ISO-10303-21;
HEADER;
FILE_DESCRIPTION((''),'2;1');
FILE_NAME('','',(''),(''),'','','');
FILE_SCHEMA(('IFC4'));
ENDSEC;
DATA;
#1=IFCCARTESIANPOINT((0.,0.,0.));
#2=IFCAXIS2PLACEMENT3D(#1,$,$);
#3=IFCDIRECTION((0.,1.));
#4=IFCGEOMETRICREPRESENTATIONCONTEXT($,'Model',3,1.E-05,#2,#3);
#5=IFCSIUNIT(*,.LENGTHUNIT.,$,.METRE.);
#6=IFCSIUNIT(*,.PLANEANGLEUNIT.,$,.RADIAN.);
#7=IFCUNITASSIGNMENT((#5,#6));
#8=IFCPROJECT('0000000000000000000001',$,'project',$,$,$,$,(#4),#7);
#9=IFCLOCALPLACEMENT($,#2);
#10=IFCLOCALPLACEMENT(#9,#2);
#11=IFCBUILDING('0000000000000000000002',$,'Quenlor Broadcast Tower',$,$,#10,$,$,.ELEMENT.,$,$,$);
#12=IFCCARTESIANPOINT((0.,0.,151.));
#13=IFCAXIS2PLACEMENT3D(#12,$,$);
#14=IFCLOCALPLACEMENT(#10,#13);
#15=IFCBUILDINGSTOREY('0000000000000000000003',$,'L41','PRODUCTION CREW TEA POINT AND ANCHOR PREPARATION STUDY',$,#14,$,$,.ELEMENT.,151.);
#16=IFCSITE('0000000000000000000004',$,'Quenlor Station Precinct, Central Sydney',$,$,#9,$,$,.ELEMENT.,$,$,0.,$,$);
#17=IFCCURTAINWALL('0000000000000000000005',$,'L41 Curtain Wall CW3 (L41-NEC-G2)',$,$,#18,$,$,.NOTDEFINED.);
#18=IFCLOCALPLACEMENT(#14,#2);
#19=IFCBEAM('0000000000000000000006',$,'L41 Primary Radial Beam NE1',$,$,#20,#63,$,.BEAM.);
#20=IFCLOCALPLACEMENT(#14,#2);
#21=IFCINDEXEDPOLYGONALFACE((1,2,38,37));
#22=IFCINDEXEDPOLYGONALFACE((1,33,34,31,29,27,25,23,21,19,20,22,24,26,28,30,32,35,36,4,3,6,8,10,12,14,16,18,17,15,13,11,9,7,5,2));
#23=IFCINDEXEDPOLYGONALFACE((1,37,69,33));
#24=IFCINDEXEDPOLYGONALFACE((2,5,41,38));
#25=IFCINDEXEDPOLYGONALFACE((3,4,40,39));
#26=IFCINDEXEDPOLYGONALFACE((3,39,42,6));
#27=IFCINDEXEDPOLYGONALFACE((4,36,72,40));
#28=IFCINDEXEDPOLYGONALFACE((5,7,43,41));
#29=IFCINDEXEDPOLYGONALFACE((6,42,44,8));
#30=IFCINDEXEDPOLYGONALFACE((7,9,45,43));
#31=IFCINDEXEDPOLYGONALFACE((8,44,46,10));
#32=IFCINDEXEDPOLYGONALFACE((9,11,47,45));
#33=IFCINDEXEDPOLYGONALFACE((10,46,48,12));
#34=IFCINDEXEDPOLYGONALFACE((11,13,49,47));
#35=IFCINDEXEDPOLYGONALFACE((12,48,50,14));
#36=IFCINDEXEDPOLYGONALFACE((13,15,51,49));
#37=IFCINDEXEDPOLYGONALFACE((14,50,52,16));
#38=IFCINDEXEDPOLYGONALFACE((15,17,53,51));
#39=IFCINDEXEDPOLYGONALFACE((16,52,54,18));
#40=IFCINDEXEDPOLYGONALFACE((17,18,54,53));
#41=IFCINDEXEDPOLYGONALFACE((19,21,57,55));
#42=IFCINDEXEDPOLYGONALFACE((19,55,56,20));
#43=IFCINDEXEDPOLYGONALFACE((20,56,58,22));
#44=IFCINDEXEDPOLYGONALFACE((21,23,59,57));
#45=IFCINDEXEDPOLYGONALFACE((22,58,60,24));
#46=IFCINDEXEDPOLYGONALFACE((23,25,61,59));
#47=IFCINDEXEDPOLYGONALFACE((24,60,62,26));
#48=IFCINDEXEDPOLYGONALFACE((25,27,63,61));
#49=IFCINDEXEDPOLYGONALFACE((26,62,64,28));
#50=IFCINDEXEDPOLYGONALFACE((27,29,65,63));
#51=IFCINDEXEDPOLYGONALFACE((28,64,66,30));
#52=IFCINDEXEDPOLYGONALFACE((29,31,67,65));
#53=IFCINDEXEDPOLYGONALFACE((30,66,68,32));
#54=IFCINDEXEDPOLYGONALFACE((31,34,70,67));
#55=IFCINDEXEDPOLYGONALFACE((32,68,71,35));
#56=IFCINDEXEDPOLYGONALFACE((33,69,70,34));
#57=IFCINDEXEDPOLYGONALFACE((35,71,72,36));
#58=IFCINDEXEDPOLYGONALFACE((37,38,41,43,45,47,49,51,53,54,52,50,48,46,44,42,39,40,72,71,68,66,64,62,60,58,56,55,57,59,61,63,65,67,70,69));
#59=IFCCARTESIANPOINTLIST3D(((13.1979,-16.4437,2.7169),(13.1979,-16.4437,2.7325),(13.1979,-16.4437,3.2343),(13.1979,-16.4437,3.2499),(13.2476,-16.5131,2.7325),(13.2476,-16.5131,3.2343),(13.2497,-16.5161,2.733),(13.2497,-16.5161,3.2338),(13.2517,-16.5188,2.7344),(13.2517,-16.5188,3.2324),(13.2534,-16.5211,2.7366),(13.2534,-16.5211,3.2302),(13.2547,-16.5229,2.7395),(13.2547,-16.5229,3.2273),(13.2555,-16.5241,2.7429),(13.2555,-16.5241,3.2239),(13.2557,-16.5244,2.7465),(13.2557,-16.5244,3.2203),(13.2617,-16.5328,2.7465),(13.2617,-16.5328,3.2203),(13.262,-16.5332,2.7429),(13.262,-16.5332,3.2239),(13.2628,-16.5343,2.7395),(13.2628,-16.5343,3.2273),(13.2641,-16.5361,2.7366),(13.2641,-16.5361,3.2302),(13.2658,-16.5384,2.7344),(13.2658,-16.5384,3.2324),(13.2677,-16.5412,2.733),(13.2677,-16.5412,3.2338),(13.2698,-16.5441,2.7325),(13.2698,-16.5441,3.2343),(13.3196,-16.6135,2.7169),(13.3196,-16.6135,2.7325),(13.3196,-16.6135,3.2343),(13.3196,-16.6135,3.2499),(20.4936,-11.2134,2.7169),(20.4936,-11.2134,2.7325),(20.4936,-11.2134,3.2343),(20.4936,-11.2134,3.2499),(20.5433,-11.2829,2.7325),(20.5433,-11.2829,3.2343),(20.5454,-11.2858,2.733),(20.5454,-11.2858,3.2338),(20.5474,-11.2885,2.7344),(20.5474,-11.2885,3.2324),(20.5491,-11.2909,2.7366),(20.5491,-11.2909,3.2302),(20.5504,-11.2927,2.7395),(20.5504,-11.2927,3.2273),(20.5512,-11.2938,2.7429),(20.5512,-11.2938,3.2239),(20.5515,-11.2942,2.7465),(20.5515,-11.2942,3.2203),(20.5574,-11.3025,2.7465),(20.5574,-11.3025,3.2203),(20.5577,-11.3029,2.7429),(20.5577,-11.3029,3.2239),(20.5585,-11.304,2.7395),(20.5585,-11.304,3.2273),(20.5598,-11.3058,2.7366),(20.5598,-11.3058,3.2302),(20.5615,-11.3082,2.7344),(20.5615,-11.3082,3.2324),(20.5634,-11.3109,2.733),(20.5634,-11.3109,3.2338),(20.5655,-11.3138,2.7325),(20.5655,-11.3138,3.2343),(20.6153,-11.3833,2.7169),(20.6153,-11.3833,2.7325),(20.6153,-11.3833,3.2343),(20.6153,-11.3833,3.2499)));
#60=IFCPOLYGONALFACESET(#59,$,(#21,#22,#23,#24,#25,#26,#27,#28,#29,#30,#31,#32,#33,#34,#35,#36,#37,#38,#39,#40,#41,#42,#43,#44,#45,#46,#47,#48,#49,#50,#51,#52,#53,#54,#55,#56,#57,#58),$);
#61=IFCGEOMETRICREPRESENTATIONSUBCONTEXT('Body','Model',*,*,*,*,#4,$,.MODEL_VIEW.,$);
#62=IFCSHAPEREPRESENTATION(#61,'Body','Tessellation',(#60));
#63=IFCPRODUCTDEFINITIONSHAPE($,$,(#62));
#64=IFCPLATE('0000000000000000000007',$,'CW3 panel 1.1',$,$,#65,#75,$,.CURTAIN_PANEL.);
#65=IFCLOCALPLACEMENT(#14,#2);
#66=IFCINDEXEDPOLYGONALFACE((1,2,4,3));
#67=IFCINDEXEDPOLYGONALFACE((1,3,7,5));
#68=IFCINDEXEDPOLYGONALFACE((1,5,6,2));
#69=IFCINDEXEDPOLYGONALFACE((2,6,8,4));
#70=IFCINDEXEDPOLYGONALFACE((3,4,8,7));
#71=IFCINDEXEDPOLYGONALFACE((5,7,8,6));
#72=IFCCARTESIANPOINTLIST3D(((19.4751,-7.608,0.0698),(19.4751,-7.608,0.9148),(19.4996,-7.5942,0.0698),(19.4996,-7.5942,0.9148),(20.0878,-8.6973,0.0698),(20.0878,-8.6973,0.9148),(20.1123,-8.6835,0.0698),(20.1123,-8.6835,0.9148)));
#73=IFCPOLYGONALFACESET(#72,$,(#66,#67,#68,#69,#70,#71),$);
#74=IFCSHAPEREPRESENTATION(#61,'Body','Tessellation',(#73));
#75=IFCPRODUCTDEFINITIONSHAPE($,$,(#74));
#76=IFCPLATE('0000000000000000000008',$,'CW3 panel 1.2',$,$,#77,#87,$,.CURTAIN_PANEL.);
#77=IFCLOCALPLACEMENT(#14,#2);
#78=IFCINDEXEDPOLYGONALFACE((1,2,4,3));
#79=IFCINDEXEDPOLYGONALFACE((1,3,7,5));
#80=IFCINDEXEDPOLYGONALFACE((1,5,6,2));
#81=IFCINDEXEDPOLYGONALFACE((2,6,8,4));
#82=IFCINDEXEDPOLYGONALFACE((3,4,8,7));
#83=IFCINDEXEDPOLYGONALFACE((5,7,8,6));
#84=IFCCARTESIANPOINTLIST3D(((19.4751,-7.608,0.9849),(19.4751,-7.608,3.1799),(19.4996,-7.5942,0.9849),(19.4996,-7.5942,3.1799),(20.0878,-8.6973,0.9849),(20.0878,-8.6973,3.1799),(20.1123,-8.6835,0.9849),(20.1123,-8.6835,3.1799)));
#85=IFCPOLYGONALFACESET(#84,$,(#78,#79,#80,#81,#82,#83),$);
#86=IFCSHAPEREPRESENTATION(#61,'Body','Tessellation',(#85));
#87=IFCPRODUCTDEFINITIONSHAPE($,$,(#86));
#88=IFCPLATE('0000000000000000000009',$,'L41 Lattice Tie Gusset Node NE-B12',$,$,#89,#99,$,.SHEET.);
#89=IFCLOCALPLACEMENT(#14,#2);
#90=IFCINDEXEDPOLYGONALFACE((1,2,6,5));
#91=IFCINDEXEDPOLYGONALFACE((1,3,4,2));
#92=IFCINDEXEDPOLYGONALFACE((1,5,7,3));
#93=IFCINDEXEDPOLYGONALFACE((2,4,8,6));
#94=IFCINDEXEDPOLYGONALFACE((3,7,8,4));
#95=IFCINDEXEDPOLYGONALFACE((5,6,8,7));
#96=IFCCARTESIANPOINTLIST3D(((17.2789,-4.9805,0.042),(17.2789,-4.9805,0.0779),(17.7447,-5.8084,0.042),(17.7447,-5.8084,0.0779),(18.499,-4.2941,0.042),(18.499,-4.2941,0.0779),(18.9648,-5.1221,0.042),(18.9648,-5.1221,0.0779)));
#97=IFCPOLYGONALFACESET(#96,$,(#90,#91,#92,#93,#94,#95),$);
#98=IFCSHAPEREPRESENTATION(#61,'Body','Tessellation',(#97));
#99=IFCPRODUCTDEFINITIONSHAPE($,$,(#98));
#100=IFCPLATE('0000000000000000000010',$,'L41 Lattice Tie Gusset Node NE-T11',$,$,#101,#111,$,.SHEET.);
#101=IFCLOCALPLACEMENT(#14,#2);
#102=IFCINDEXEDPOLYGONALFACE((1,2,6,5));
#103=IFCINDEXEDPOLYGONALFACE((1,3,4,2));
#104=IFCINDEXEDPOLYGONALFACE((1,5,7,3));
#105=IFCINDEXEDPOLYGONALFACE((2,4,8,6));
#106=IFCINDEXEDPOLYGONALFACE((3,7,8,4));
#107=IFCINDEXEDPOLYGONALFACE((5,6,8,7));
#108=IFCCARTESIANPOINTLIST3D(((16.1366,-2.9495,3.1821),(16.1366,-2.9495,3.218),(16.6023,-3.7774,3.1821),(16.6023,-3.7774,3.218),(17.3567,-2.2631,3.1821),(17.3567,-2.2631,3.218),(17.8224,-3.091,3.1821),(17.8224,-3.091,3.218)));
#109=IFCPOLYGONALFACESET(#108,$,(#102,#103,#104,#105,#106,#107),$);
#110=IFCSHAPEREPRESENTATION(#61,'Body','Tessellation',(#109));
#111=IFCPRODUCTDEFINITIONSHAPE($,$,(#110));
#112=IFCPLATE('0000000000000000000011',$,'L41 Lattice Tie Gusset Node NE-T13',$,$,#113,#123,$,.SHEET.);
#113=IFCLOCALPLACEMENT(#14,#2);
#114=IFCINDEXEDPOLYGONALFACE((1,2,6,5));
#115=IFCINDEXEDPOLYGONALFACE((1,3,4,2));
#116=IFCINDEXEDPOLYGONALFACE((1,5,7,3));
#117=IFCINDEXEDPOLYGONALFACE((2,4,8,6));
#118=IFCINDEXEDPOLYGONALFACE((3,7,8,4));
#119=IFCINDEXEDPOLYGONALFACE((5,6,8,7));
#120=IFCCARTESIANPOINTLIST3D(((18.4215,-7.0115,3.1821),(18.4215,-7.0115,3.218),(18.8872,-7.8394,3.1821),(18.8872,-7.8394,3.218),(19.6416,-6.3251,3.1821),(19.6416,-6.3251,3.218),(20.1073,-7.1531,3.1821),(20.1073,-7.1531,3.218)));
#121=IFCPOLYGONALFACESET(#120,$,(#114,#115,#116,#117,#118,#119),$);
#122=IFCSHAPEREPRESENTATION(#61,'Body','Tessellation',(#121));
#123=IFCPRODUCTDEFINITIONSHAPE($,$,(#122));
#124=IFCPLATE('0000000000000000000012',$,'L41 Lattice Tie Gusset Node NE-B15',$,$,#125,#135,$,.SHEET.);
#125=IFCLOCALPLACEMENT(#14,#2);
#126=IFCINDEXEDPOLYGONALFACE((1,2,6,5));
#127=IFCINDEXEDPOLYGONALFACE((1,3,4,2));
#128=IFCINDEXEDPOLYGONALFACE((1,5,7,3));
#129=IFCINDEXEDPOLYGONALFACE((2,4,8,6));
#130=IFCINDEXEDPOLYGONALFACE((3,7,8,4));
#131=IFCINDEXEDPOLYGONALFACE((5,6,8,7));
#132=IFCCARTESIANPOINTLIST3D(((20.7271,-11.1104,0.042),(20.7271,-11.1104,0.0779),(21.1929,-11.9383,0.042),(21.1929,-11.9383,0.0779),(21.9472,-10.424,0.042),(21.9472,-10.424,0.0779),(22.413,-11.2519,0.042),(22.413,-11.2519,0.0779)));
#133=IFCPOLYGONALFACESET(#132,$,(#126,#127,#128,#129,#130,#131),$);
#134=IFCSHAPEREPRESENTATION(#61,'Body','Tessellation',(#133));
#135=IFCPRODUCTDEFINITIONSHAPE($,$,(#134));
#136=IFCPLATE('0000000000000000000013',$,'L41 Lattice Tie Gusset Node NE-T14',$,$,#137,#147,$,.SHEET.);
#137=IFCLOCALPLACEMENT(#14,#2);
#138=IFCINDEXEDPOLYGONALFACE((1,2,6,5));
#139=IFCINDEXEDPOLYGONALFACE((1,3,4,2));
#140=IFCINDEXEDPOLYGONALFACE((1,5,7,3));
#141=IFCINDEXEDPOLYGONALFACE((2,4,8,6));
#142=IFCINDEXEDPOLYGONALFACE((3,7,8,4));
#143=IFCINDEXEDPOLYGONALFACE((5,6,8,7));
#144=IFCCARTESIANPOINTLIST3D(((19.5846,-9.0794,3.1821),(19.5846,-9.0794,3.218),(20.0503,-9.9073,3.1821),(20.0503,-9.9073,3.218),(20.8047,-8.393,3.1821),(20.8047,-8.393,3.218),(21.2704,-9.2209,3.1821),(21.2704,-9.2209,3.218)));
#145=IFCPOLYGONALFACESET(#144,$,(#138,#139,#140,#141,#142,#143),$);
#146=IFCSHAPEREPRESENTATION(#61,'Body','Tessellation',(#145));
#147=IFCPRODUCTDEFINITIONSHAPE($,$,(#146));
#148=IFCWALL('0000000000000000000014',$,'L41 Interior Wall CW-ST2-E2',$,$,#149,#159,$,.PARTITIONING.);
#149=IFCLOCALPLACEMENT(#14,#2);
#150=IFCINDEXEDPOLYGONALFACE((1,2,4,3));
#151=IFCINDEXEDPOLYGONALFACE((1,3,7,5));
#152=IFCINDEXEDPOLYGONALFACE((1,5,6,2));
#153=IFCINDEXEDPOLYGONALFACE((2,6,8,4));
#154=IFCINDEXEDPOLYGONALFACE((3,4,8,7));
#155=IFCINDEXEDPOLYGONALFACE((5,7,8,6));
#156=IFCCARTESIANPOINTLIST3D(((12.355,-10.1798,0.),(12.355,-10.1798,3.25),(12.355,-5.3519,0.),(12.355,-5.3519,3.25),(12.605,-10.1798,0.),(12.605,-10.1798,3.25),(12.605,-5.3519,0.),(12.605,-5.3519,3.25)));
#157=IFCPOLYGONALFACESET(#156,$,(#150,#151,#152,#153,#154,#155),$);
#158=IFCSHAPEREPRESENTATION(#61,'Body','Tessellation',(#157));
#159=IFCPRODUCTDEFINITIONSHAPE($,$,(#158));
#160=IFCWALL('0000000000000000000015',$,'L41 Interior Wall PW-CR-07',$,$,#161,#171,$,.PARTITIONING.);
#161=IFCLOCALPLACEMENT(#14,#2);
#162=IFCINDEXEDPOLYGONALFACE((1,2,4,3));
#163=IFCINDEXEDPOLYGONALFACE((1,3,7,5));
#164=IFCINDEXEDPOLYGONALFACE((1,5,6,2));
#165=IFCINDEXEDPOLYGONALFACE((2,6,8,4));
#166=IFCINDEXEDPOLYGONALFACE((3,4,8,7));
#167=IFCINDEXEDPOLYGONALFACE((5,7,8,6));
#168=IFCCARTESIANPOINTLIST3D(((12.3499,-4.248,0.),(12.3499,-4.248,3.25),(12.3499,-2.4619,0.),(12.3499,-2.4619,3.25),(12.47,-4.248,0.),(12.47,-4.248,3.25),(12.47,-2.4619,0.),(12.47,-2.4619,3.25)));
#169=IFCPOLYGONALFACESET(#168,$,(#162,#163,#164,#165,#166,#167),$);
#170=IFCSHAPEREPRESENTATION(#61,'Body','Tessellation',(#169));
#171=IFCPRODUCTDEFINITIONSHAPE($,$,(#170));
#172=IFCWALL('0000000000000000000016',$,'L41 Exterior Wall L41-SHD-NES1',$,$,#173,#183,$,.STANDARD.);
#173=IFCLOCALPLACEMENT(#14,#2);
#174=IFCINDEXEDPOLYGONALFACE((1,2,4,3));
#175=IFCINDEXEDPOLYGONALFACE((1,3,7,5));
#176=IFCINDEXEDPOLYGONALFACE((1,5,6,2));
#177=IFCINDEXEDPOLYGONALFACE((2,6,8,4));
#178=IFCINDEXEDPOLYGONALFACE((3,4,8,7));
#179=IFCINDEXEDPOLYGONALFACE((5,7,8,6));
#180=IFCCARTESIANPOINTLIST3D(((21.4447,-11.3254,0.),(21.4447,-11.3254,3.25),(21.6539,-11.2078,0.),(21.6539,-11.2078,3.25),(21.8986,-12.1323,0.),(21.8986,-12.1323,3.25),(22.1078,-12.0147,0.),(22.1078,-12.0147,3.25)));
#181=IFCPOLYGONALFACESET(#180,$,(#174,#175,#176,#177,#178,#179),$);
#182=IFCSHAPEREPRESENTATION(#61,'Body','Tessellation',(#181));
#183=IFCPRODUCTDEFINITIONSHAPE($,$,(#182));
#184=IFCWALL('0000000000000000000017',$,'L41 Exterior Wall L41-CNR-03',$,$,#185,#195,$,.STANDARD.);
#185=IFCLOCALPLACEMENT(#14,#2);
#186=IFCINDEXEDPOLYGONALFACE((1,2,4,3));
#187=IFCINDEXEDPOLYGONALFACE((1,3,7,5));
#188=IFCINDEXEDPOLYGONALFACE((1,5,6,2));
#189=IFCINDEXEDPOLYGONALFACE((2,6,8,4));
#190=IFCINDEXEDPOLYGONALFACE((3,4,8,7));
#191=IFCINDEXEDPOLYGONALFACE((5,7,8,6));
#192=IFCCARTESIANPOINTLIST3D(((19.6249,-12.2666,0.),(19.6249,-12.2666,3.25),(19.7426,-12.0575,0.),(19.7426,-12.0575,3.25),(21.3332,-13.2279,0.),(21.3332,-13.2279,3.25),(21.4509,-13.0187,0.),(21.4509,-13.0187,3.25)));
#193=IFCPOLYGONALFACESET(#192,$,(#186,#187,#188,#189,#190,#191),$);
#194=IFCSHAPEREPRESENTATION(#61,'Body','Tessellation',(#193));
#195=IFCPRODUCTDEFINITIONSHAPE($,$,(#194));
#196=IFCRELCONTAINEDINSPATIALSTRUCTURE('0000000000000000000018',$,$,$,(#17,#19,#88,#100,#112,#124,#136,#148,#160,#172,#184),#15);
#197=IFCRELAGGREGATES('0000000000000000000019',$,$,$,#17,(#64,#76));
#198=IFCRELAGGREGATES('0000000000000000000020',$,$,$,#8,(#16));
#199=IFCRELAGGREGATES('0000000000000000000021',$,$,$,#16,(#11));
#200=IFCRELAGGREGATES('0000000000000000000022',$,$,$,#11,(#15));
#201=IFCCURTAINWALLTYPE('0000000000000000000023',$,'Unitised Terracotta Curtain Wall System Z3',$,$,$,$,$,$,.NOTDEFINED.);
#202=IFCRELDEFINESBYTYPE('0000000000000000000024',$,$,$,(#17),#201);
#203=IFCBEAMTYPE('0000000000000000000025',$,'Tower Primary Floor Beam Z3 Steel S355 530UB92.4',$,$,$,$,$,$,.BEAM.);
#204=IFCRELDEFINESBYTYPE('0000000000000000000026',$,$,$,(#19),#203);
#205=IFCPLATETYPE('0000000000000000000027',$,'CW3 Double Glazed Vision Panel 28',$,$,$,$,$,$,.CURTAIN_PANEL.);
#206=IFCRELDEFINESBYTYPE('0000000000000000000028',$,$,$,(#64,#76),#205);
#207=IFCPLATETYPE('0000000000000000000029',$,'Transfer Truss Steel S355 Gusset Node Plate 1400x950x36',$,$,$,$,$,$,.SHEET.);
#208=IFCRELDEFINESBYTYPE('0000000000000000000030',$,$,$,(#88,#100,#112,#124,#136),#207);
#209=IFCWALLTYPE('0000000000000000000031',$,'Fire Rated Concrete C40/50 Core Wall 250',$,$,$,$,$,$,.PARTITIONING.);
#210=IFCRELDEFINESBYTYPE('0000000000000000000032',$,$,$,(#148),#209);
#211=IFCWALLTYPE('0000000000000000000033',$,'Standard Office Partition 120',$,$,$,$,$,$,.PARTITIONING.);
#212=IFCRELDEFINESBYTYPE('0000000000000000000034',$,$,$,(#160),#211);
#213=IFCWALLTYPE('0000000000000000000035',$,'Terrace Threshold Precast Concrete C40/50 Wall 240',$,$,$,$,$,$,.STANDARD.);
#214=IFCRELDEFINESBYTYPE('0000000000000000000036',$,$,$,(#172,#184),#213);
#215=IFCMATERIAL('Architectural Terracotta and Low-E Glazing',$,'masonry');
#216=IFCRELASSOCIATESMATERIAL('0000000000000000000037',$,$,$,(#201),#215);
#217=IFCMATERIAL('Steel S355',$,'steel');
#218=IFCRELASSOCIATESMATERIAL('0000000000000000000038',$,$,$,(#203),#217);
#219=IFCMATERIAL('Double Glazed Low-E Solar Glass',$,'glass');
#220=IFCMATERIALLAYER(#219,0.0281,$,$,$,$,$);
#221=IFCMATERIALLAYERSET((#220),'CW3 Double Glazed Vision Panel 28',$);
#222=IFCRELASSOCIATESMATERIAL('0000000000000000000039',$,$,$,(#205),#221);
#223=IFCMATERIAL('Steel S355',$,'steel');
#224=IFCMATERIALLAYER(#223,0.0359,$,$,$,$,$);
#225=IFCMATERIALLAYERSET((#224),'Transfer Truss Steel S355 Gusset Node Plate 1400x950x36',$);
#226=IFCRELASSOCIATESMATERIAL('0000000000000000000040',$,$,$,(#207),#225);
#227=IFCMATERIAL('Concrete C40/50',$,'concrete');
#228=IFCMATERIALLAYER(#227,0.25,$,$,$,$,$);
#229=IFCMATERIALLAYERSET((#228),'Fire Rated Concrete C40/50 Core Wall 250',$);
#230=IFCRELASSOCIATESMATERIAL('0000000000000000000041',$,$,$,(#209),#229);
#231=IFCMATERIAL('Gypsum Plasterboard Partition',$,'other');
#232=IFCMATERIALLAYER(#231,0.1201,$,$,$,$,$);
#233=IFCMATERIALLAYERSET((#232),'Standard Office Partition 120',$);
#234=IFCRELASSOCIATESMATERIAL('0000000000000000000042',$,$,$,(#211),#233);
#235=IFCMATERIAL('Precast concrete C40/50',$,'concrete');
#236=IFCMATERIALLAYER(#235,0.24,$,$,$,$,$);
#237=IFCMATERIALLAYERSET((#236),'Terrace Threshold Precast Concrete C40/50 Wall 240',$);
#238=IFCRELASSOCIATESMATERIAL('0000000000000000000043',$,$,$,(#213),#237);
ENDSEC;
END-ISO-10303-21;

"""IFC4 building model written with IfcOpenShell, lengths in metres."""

from ifc_helpers import new_model, si_unit, direction, frame, frame_2d, origin, origin_2d, place, context, subcontext, project, spatial, rectangle, i_section, extrude, material, layer, layer_set, material_profile, profile_set, type_object, element, aggregate, save


model = new_model("IFC4")

# Units and contexts
model_context = context("Model", 3, precision=1e-05, world=origin(), true_north=direction((0.0, 1.0)))
body_context = subcontext(model_context, "Body", "Model", "MODEL_VIEW")
ifc_project = project(units=[si_unit("LENGTHUNIT", "METRE"), si_unit("PLANEANGLEUNIT", "RADIAN")], contexts=[model_context])

# Site, building, storey
site_placement = place(None, origin())
site = spatial("IfcSite", under=ifc_project, at=site_placement, Name="Quenlor Station Precinct, Central Sydney", CompositionType="ELEMENT", RefElevation=0.0)
building_placement = place(site_placement, origin())
building = spatial("IfcBuilding", under=site, at=building_placement, Name="Quenlor Broadcast Tower", CompositionType="ELEMENT")
storey_placement = place(building_placement, frame((0.0, 0.0, 151.0)))
storey = spatial("IfcBuildingStorey", under=building, at=storey_placement, Name="L41", Description="PRODUCTION CREW TEA POINT AND ANCHOR PREPARATION STUDY", CompositionType="ELEMENT", Elevation=151.0)

# Shared definitions
ifc_material_1 = material(Name="Architectural Terracotta and Low-E Glazing", Category="masonry")
curtain_wall_type = type_object("IfcCurtainWallType", Name="Unitised Terracotta Curtain Wall System Z3", PredefinedType="NOTDEFINED", material=ifc_material_1)

# Curtain wall
curtain_wall_1_placement = place(storey_placement, origin())
curtain_wall_1 = element("IfcCurtainWall", 1, at=curtain_wall_1_placement, inside=storey, type_object=curtain_wall_type, Name="L41 Curtain Wall CW3 (L41-NEC-G2)", PredefinedType="NOTDEFINED")

# Beam
ifc_material_2 = material(Name="Steel S355", Category="steel")
ifc_material_profile_1 = material_profile(ifc_material_2, i_section(OverallWidth=0.209, OverallDepth=0.533, WebThickness=0.0103, FlangeThickness=0.0156, FilletRadius=0.0139, at=origin_2d()))
ifc_profile_set_1 = profile_set([ifc_material_profile_1], Name="Steel S355 530UB92.4")
beam_type_1 = type_object("IfcBeamType", Name="Tower Primary Floor Beam Z3 Steel S355 530UB92.4", PredefinedType="BEAM", material=ifc_profile_set_1)
beam_1_placement = place(storey_placement, frame((20.5544, -11.2983, 2.9834), z_axis=(-0.812729, -0.582642, 0.0), x_axis=(0.582642, -0.812729, 0.0)))
element("IfcBeam", 2, at=beam_1_placement, inside=storey, type_object=beam_type_1, Name="L41 Primary Radial Beam NE1", PredefinedType="BEAM", context=body_context, shape_type="SweptSolid", body=[
    extrude(i_section(OverallWidth=0.209, OverallDepth=0.533, WebThickness=0.0103, FlangeThickness=0.0156, FilletRadius=0.0139, at=origin_2d()), origin(), (0.0, 0.0, 1.0), 8.9768),
])

# Plates
ifc_material_3 = material(Name="Double Glazed Low-E Solar Glass", Category="glass")
ifc_layer_1 = layer(ifc_material_3, 0.0281)
ifc_layer_set_1 = layer_set([ifc_layer_1], Name="CW3 Double Glazed Vision Panel 28")
plate_type_1 = type_object("IfcPlateType", Name="CW3 Double Glazed Vision Panel 28", PredefinedType="CURTAIN_PANEL", material=ifc_layer_set_1)
plate_1_placement = place(storey_placement, frame((19.7937, -8.1458, 0.0698), z_axis=(0.0, 0.0, 1.0), x_axis=(0.490261, -0.871576, 0.0)))
plate_1 = element("IfcPlate", 3, at=plate_1_placement, type_object=plate_type_1, Name="CW3 panel 1.1", PredefinedType="CURTAIN_PANEL", context=body_context, shape_type="SweptSolid", body=[
    extrude(rectangle(XDim=1.2498, YDim=0.0281, at=origin_2d()), origin(), (0.0, 0.0, 1.0), 0.845),
])
plate_2_placement = place(storey_placement, frame((19.7937, -8.1458, 0.9849), z_axis=(0.0, 0.0, 1.0), x_axis=(0.490261, -0.871576, 0.0)))
plate_2 = element("IfcPlate", 4, at=plate_2_placement, type_object=plate_type_1, Name="CW3 panel 1.2", PredefinedType="CURTAIN_PANEL", context=body_context, shape_type="SweptSolid", body=[
    extrude(rectangle(XDim=1.2498, YDim=0.0281, at=origin_2d()), origin(), (0.0, 0.0, 1.0), 2.1951),
])
aggregate(curtain_wall_1, [plate_1, plate_2])

# Plates
ifc_material_4 = material(Name="Steel S355", Category="steel")
ifc_layer_2 = layer(ifc_material_4, 0.0359)
ifc_layer_set_2 = layer_set([ifc_layer_2], Name="Transfer Truss Steel S355 Gusset Node Plate 1400x950x36")
plate_type_2 = type_object("IfcPlateType", Name="Transfer Truss Steel S355 Gusset Node Plate 1400x950x36", PredefinedType="SHEET", material=ifc_layer_set_2)
for number, where, z_axis, x_axis, name in (
    (5, (18.1218, -5.0513, 0.042), (0.0, 0.0, 1.0), (0.871556, 0.490295, 0.0), "L41 Lattice Tie Gusset Node NE-B12"),
    (6, (16.9795, -3.0203, 3.1821), (0.0, 0.0, 1.0), (0.871556, 0.490295, 0.0), "L41 Lattice Tie Gusset Node NE-T11"),
    (7, (19.2644, -7.0823, 3.1821), (0.0, 0.0, 1.0), (0.871556, 0.490295, 0.0), "L41 Lattice Tie Gusset Node NE-T13"),
    (8, (21.5701, -11.1812, 0.042), (0.0, 0.0, 1.0), (0.871556, 0.490295, 0.0), "L41 Lattice Tie Gusset Node NE-B15"),
    (9, (20.4275, -9.1501, 3.1821), (0.0, 0.0, 1.0), (0.871556, 0.490295, 0.0), "L41 Lattice Tie Gusset Node NE-T14"),
):
    element("IfcPlate", number, at=place(storey_placement, frame(where, z_axis=z_axis, x_axis=x_axis)), inside=storey, type_object=plate_type_2, Name=name, PredefinedType="SHEET", context=body_context, shape_type="SweptSolid", body=[
        extrude(rectangle(XDim=1.3999, YDim=0.95, at=origin_2d()), origin(), (0.0, 0.0, 1.0), 0.0359),
    ])

# Walls
ifc_material_5 = material(Name="Concrete C40/50", Category="concrete")
ifc_layer_3 = layer(ifc_material_5, 0.25)
ifc_layer_set_3 = layer_set([ifc_layer_3], Name="Fire Rated Concrete C40/50 Core Wall 250")
wall_type_1 = type_object("IfcWallType", Name="Fire Rated Concrete C40/50 Core Wall 250", PredefinedType="PARTITIONING", material=ifc_layer_set_3)
wall_1_placement = place(storey_placement, frame((12.48, -10.1799, 0.0), z_axis=(0.0, 0.0, 1.0), x_axis=(0.0, 1.0, 0.0)))
element("IfcWall", 10, at=wall_1_placement, inside=storey, type_object=wall_type_1, Name="L41 Interior Wall CW-ST2-E2", PredefinedType="PARTITIONING", context=body_context, shape_type="SweptSolid", body=[
    extrude(rectangle(XDim=4.8279, YDim=0.25, at=frame_2d((2.4141, 0.0))), origin(), (0.0, 0.0, 1.0), 3.25),
])
ifc_material_6 = material(Name="Gypsum Plasterboard Partition", Category="other")
ifc_layer_4 = layer(ifc_material_6, 0.1201)
ifc_layer_set_4 = layer_set([ifc_layer_4], Name="Standard Office Partition 120")
wall_type_2 = type_object("IfcWallType", Name="Standard Office Partition 120", PredefinedType="PARTITIONING", material=ifc_layer_set_4)
wall_2_placement = place(storey_placement, frame((12.4099, -2.4619, 0.0), z_axis=(0.0, 0.0, 1.0), x_axis=(0.0, -1.0, 0.0)))
element("IfcWall", 11, at=wall_2_placement, inside=storey, type_object=wall_type_2, Name="L41 Interior Wall PW-CR-07", PredefinedType="PARTITIONING", context=body_context, shape_type="SweptSolid", body=[
    extrude(rectangle(XDim=1.7861, YDim=0.1201, at=frame_2d((0.8931, 0.0))), origin(), (0.0, 0.0, 1.0), 3.25),
])
ifc_material_7 = material(Name="Precast concrete C40/50", Category="concrete")
ifc_layer_5 = layer(ifc_material_7, 0.24)
ifc_layer_set_5 = layer_set([ifc_layer_5], Name="Terrace Threshold Precast Concrete C40/50 Wall 240")
wall_type_3 = type_object("IfcWallType", Name="Terrace Threshold Precast Concrete C40/50 Wall 240", PredefinedType="STANDARD", material=ifc_layer_set_5)
wall_3_placement = place(storey_placement, frame((21.5493, -11.2666, 0.0), z_axis=(0.0, 0.0, 1.0), x_axis=(0.490249, -0.871583, 0.0)))
element("IfcWall", 12, at=wall_3_placement, inside=storey, type_object=wall_type_3, Name="L41 Exterior Wall L41-SHD-NES1", PredefinedType="STANDARD", context=body_context, shape_type="SweptSolid", body=[
    extrude(rectangle(XDim=0.9258, YDim=0.24, at=frame_2d((0.4629, 0.0))), origin(), (0.0, 0.0, 1.0), 3.25),
])
wall_4_placement = place(storey_placement, frame((19.6838, -12.1621, 0.0), z_axis=(0.0, 0.0, 1.0), x_axis=(0.871512, -0.490374, 0.0)))
element("IfcWall", 13, at=wall_4_placement, inside=storey, type_object=wall_type_3, Name="L41 Exterior Wall L41-CNR-03", PredefinedType="STANDARD", context=body_context, shape_type="SweptSolid", body=[
    extrude(rectangle(XDim=1.9602, YDim=0.24, at=frame_2d((0.98, 0.0))), origin(), (0.0, 0.0, 1.0), 3.25),
])

save(model, "model.ifc")
